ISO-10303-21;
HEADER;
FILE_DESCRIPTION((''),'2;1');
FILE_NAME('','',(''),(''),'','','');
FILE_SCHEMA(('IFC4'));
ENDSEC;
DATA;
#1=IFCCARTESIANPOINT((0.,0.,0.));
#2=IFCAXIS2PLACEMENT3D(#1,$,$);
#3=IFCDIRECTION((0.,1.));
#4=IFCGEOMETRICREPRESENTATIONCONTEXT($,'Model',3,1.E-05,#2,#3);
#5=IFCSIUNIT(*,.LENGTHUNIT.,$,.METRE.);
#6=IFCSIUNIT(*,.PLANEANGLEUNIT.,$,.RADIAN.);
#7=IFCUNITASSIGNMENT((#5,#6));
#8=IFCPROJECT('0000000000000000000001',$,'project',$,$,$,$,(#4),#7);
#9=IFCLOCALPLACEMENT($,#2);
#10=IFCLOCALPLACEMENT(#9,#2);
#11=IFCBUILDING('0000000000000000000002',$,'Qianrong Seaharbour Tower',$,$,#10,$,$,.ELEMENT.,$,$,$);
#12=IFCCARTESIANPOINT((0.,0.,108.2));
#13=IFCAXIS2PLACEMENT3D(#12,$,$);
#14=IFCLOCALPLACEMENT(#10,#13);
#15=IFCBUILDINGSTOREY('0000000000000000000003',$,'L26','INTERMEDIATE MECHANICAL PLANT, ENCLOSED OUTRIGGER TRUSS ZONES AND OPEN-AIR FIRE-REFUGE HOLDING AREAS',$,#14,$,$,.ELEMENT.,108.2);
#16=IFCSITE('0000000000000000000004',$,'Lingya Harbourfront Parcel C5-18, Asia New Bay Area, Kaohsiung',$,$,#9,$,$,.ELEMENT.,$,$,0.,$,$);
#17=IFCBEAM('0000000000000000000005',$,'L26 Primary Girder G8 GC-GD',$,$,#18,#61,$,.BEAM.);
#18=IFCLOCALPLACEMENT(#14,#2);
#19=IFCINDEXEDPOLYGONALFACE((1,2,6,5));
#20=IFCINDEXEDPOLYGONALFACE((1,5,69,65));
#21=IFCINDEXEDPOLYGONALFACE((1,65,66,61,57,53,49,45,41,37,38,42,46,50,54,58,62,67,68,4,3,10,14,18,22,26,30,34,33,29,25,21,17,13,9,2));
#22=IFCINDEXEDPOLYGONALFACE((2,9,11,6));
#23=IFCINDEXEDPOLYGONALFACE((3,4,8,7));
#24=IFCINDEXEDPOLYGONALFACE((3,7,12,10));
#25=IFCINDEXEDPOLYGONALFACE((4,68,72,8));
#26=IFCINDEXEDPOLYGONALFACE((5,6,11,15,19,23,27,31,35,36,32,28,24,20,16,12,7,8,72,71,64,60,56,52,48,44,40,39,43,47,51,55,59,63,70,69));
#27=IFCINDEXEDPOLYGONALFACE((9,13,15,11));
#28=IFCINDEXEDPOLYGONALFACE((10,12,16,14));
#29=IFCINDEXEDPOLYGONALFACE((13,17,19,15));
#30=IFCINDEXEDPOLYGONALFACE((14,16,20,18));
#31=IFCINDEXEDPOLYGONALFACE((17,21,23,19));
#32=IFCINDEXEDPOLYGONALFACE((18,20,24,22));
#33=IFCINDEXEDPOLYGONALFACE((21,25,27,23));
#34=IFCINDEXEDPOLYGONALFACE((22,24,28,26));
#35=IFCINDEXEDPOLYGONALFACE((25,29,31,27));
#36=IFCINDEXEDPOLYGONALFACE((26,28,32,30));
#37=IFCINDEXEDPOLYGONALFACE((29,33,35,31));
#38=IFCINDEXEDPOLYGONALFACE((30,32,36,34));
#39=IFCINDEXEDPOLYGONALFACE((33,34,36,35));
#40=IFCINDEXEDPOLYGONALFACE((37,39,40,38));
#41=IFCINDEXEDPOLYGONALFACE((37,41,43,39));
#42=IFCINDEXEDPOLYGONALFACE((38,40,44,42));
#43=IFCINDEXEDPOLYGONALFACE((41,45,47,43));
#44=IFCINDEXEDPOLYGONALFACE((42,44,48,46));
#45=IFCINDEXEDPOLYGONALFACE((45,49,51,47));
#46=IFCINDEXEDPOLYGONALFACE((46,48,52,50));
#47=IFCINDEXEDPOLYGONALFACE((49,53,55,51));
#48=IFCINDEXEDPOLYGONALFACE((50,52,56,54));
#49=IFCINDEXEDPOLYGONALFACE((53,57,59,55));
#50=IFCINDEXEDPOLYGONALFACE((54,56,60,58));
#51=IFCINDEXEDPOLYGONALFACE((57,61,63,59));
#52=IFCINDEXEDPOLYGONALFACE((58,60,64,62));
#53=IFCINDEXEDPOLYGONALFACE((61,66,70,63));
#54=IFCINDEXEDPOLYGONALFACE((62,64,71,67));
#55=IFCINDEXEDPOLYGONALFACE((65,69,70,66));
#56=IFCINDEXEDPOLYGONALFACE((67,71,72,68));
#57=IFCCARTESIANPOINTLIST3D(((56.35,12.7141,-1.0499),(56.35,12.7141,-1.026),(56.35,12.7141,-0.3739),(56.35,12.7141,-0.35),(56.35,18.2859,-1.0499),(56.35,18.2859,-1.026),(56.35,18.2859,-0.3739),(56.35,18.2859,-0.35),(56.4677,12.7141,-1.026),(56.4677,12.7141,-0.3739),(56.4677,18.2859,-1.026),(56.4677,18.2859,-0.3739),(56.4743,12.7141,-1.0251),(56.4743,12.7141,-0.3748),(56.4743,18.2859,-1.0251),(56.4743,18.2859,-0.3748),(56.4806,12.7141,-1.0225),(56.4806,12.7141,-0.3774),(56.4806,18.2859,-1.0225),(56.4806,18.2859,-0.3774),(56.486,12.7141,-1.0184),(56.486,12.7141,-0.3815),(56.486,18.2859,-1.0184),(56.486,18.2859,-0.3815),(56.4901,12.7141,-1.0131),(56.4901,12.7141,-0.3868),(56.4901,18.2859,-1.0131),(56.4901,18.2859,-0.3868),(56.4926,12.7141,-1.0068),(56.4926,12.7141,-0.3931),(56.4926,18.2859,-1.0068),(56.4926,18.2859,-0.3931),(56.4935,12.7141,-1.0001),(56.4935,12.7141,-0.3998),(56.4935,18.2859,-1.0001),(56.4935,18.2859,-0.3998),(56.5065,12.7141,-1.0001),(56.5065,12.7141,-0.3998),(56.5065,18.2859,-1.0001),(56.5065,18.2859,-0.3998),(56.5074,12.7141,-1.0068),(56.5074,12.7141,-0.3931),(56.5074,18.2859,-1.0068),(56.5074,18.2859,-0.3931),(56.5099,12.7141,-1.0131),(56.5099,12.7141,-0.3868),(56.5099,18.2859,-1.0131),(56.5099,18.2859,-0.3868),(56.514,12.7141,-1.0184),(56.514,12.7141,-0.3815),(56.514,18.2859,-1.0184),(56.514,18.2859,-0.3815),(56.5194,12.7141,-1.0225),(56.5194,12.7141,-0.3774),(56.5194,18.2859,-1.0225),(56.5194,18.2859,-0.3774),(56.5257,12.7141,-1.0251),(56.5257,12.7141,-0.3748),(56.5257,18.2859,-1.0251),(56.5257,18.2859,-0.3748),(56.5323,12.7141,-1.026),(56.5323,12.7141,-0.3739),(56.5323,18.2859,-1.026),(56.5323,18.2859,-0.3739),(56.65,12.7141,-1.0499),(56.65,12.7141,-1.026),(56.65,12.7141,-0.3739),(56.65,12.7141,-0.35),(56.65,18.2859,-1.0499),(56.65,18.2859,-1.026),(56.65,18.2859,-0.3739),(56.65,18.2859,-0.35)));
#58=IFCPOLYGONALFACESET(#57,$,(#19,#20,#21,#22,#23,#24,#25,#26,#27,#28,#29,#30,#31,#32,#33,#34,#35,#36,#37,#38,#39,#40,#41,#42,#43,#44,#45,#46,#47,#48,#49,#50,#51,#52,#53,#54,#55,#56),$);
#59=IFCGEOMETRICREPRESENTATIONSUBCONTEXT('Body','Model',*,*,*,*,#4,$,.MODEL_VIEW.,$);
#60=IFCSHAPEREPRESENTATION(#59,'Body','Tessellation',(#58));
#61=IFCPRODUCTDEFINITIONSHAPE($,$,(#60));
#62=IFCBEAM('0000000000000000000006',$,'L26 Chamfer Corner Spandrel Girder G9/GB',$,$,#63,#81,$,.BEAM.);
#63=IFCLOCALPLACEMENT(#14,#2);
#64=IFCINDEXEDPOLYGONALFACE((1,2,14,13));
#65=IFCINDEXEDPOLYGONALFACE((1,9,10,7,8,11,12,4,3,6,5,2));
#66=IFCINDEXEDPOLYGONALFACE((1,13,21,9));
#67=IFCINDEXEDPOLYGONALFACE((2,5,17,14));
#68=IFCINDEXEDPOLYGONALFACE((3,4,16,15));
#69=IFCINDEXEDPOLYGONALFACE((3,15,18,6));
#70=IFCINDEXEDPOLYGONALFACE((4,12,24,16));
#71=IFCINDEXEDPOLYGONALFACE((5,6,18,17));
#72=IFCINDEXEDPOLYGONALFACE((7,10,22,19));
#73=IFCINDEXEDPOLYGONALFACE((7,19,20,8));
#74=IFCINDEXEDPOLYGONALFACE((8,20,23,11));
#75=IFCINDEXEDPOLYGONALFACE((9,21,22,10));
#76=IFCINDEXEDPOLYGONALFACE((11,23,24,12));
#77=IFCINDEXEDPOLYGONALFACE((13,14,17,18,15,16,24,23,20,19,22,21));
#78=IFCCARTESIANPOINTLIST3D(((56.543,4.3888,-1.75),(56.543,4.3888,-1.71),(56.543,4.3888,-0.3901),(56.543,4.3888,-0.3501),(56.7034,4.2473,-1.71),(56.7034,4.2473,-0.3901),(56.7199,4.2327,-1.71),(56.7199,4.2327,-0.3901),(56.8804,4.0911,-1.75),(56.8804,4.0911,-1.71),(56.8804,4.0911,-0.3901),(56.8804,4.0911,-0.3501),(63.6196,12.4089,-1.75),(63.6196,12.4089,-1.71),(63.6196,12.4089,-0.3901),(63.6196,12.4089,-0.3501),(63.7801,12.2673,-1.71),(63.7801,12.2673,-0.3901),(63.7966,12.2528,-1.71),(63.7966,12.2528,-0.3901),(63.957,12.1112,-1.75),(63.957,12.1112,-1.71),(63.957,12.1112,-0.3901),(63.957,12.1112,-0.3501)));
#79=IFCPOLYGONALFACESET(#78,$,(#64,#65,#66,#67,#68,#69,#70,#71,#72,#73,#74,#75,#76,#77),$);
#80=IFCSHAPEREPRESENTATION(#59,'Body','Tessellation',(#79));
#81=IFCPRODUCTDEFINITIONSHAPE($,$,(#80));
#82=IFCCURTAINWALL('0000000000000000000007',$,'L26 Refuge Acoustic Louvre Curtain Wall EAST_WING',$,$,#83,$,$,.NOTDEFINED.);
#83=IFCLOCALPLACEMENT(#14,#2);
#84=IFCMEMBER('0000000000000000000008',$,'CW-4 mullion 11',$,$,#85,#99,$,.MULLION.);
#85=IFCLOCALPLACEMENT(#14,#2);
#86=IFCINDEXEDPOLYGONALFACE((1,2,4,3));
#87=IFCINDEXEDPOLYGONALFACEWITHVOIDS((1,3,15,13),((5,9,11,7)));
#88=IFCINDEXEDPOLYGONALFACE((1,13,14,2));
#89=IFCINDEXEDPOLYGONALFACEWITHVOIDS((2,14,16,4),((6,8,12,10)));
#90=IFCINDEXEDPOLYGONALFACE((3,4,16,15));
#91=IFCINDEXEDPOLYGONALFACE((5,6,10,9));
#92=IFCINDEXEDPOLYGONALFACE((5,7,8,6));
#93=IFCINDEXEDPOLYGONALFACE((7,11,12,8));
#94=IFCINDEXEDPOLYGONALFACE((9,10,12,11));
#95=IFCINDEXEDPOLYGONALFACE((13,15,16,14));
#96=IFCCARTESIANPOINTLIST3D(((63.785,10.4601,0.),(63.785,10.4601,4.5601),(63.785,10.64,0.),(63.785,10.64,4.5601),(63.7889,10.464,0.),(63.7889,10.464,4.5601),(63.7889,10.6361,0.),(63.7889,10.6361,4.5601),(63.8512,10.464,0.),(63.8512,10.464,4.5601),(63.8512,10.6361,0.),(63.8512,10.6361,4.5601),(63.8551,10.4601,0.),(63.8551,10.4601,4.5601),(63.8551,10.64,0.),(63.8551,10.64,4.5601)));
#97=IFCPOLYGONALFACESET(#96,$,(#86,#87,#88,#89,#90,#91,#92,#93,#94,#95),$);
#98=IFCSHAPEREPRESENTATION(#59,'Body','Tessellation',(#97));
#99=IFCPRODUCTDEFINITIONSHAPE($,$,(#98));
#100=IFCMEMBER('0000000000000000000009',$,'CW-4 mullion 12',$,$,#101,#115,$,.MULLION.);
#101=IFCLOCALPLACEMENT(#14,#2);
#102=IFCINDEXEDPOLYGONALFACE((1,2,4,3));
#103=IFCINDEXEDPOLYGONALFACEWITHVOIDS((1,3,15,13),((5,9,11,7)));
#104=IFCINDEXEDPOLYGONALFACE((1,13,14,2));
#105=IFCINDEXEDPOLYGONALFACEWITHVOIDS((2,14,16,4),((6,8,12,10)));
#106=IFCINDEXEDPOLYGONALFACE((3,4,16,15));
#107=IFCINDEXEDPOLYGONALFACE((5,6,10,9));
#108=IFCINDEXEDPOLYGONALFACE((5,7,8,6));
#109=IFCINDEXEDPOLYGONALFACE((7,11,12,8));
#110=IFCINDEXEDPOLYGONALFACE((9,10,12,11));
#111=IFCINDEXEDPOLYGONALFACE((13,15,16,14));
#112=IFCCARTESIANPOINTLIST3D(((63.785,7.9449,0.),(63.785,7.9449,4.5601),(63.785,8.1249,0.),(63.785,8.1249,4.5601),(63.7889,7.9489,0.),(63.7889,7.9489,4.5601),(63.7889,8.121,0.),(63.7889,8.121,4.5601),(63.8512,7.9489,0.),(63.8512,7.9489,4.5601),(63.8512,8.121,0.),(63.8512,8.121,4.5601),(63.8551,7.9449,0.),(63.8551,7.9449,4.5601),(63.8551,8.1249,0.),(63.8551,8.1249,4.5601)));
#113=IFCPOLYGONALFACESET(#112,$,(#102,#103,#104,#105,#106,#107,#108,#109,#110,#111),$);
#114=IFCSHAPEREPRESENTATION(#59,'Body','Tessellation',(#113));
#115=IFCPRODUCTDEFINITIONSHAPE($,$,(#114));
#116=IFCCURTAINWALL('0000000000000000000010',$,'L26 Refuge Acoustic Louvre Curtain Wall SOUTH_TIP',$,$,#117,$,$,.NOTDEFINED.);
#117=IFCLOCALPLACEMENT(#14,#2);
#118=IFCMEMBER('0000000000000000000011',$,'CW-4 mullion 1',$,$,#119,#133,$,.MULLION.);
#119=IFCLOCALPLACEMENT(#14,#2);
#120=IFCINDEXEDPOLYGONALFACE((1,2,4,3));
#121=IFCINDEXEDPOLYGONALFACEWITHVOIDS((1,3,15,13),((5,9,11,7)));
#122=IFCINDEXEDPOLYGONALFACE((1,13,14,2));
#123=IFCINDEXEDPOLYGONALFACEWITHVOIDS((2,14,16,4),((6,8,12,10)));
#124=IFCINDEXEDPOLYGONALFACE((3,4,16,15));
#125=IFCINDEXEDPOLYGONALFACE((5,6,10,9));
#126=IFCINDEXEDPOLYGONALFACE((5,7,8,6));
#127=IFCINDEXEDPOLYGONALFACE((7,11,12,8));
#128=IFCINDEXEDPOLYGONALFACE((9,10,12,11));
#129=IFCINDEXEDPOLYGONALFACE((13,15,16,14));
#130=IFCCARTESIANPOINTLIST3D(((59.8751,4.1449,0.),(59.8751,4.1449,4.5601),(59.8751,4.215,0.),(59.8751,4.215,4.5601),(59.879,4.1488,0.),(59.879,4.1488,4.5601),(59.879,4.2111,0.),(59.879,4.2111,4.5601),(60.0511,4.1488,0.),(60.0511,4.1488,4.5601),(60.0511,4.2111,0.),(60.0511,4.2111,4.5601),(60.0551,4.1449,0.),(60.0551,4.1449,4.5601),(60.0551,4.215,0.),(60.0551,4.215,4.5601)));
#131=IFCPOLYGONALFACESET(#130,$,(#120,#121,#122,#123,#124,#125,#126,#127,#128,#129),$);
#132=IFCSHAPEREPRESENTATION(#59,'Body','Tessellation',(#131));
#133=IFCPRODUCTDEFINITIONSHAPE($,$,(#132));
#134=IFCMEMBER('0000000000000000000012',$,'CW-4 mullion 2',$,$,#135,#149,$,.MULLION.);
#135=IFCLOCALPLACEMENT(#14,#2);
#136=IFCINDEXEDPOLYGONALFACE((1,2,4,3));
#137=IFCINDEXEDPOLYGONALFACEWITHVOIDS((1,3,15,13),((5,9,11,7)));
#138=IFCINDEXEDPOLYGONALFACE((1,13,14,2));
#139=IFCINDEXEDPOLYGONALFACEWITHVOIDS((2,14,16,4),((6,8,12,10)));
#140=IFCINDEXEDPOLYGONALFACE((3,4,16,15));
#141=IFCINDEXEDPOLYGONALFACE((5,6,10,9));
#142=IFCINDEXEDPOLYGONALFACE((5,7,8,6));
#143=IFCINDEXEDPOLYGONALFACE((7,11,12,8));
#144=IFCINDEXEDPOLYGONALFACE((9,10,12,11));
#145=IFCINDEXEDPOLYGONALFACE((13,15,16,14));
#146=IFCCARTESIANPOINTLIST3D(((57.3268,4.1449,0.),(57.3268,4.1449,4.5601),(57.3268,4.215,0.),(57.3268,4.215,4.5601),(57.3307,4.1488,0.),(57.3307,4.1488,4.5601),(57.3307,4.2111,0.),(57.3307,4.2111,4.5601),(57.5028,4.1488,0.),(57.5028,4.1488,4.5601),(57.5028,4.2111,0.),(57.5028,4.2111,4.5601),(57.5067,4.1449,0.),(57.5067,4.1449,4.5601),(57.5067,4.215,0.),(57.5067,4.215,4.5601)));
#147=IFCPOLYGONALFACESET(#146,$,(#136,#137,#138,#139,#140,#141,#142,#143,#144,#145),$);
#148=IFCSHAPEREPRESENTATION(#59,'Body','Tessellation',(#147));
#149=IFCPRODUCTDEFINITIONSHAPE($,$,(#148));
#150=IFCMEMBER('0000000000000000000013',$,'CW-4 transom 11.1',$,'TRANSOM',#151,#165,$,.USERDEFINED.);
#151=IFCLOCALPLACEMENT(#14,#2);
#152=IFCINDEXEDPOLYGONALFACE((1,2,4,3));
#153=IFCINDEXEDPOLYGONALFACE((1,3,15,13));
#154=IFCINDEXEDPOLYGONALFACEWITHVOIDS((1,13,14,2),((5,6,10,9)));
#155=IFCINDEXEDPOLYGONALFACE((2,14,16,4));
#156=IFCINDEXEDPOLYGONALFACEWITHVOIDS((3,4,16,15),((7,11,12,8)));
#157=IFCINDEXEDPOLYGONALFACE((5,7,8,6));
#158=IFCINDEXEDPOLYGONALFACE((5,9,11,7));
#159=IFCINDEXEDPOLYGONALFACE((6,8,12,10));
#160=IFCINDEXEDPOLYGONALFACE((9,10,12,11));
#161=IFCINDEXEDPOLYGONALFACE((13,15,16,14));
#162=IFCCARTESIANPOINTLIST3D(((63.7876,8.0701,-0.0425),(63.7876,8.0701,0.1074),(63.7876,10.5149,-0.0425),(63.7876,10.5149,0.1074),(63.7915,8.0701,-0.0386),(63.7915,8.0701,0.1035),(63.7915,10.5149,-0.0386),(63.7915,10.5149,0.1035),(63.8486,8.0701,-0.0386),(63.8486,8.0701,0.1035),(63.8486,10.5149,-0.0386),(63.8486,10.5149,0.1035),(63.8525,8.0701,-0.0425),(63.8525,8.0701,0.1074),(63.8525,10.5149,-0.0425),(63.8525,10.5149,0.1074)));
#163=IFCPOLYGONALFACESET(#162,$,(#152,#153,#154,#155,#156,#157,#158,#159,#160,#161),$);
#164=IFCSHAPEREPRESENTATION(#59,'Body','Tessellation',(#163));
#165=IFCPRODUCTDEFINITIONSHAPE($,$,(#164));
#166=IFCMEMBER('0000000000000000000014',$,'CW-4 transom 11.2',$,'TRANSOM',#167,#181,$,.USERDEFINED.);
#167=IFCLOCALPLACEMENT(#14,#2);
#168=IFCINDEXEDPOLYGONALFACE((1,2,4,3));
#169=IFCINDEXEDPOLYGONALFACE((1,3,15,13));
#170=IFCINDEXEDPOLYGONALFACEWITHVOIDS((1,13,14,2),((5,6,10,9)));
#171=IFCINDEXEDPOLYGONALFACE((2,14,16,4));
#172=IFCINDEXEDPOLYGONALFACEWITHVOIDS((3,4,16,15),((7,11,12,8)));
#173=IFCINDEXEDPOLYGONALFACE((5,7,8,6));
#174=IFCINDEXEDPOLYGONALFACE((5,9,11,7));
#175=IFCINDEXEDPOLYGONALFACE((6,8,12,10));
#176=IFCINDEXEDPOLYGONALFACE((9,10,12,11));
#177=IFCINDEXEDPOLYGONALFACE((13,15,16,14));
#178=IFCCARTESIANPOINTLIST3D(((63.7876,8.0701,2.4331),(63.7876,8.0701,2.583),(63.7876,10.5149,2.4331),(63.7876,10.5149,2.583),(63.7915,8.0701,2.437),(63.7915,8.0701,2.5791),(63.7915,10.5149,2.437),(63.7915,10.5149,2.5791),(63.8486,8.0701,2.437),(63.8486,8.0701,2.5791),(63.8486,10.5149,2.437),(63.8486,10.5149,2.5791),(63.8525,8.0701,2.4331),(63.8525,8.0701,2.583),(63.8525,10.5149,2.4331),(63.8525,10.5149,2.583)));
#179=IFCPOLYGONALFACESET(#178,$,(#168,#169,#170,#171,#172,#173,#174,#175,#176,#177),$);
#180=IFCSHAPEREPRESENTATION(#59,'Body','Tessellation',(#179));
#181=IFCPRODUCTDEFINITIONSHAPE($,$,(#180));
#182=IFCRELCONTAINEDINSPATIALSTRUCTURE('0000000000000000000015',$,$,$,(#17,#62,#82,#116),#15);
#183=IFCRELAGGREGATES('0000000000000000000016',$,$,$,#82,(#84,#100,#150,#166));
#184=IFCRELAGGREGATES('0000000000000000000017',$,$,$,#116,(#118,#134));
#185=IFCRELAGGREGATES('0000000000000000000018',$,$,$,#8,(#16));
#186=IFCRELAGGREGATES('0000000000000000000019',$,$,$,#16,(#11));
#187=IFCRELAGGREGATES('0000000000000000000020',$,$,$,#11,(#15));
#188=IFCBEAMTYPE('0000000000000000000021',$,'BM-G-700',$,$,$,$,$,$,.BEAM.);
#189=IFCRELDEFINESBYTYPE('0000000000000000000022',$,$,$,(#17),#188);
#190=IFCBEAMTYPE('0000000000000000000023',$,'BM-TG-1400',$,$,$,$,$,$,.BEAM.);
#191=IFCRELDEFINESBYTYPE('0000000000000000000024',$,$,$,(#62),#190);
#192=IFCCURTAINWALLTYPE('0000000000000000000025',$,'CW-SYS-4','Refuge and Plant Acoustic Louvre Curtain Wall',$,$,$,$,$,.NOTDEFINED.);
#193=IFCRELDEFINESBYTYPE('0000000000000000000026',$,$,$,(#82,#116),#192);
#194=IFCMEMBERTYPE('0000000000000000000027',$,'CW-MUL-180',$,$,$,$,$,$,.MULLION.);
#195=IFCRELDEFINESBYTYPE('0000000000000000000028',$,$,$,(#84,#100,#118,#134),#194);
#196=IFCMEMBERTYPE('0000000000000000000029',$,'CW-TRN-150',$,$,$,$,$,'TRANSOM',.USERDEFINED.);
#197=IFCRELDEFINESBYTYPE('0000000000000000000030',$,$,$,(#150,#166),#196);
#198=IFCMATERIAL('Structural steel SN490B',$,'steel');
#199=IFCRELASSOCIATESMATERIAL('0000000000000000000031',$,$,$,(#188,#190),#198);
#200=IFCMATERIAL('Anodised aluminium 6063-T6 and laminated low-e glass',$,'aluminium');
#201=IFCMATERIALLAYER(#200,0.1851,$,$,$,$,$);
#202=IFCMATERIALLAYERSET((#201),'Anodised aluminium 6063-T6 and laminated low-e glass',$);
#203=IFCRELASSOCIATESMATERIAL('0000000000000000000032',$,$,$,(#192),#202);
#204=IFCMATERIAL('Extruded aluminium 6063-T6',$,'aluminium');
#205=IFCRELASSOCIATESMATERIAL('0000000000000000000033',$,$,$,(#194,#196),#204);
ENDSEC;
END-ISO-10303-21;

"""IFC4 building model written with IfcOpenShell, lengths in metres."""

from ifc_helpers import new_model, si_unit, direction, frame, origin, origin_2d, place, context, subcontext, project, spatial, hollow_rectangle, i_section, extrude, material, layer, layer_set, material_profile, profile_set, type_object, element, aggregate, save


model = new_model("IFC4")

# Units and contexts
model_context = context("Model", 3, precision=1e-05, world=origin(), true_north=direction((0.0, 1.0)))
body_context = subcontext(model_context, "Body", "Model", "MODEL_VIEW")
ifc_project = project(units=[si_unit("LENGTHUNIT", "METRE"), si_unit("PLANEANGLEUNIT", "RADIAN")], contexts=[model_context])

# Site, building, storey
site_placement = place(None, origin())
site = spatial("IfcSite", under=ifc_project, at=site_placement, Name="Lingya Harbourfront Parcel C5-18, Asia New Bay Area, Kaohsiung", CompositionType="ELEMENT", RefElevation=0.0)
building_placement = place(site_placement, origin())
building = spatial("IfcBuilding", under=site, at=building_placement, Name="Qianrong Seaharbour Tower", CompositionType="ELEMENT")
storey_placement = place(building_placement, frame((0.0, 0.0, 108.2)))
storey = spatial("IfcBuildingStorey", under=building, at=storey_placement, Name="L26", Description="INTERMEDIATE MECHANICAL PLANT, ENCLOSED OUTRIGGER TRUSS ZONES AND OPEN-AIR FIRE-REFUGE HOLDING AREAS", CompositionType="ELEMENT", Elevation=108.2)

# Shared definitions
ifc_material_1 = material(Name="Structural steel SN490B", Category="steel")

# Beams
ifc_material_profile_1 = material_profile(ifc_material_1, i_section(OverallWidth=0.3, OverallDepth=0.7, WebThickness=0.0129, FlangeThickness=0.0239, FilletRadius=0.0259, at=origin_2d()), Name="H700x300x13x24")
ifc_profile_set_1 = profile_set([ifc_material_profile_1], Name="Structural steel SN490B")
beam_type_1 = type_object("IfcBeamType", Name="BM-G-700", PredefinedType="BEAM", material=ifc_profile_set_1)
beam_1_placement = place(storey_placement, frame((56.5, 12.7141, -0.7), z_axis=(0.0, 1.0, 0.0), x_axis=(-1.0, 0.0, 0.0)))
element("IfcBeam", 1, at=beam_1_placement, inside=storey, type_object=beam_type_1, Name="L26 Primary Girder G8 GC-GD", PredefinedType="BEAM", context=body_context, shape_type="SweptSolid", body=[
    extrude(i_section(OverallWidth=0.3, OverallDepth=0.7, WebThickness=0.0129, FlangeThickness=0.0239, FilletRadius=0.0259, at=origin_2d()), origin(), (0.0, 0.0, 1.0), 5.5718),
])
ifc_material_profile_2 = material_profile(ifc_material_1, i_section(OverallWidth=0.45, OverallDepth=1.3999, WebThickness=0.022, FlangeThickness=0.04, at=origin_2d()), Name="BH1400x450x22x40")
ifc_profile_set_2 = profile_set([ifc_material_profile_2], Name="Structural steel SN490B")
beam_type_2 = type_object("IfcBeamType", Name="BM-TG-1400", PredefinedType="BEAM", material=ifc_profile_set_2)
beam_2_placement = place(storey_placement, frame((56.7117, 4.24, -1.05), z_axis=(0.661631, 0.74983, 0.0), x_axis=(-0.74983, 0.661631, 0.0)))
element("IfcBeam", 2, at=beam_2_placement, inside=storey, type_object=beam_type_2, Name="L26 Chamfer Corner Spandrel Girder G9/GB", PredefinedType="BEAM", context=body_context, shape_type="SweptSolid", body=[
    extrude(i_section(OverallWidth=0.45, OverallDepth=1.3999, WebThickness=0.022, FlangeThickness=0.04, at=origin_2d()), origin(), (0.0, 0.0, 1.0), 10.6958),
])

# Curtain walls, members
ifc_material_2 = material(Name="Anodised aluminium 6063-T6 and laminated low-e glass", Category="aluminium")
ifc_layer_1 = layer(ifc_material_2, 0.1851)
ifc_layer_set_1 = layer_set([ifc_layer_1], Name="Anodised aluminium 6063-T6 and laminated low-e glass")
curtain_wall_type = type_object("IfcCurtainWallType", Name="CW-SYS-4", Description="Refuge and Plant Acoustic Louvre Curtain Wall", PredefinedType="NOTDEFINED", material=ifc_layer_set_1)
curtain_wall_1_placement = place(storey_placement, origin())
curtain_wall_1 = element("IfcCurtainWall", 3, at=curtain_wall_1_placement, inside=storey, type_object=curtain_wall_type, Name="L26 Refuge Acoustic Louvre Curtain Wall EAST_WING", PredefinedType="NOTDEFINED")
ifc_material_3 = material(Name="Extruded aluminium 6063-T6", Category="aluminium")
ifc_material_profile_3 = material_profile(ifc_material_3, hollow_rectangle(XDim=0.0701, YDim=0.1799, WallThickness=0.0039, at=origin_2d()), Name="ALU-MUL-180x70x4")
ifc_profile_set_3 = profile_set([ifc_material_profile_3], Name="Extruded aluminium 6063-T6")
member_type_1 = type_object("IfcMemberType", Name="CW-MUL-180", PredefinedType="MULLION", material=ifc_profile_set_3)
member_1_placement = place(storey_placement, frame((63.8201, 10.55, 0.0), z_axis=(0.0, 0.0, 1.0), x_axis=(1.0, 0.0, 0.0)))
member_1 = element("IfcMember", 4, at=member_1_placement, type_object=member_type_1, Name="CW-4 mullion 11", PredefinedType="MULLION", context=body_context, shape_type="SweptSolid", body=[
    extrude(hollow_rectangle(XDim=0.0701, YDim=0.1799, WallThickness=0.0039, at=origin_2d()), origin(), (0.0, 0.0, 1.0), 4.5601),
])
member_2_placement = place(storey_placement, frame((63.8201, 8.0349, 0.0), z_axis=(0.0, 0.0, 1.0), x_axis=(1.0, 0.0, 0.0)))
member_2 = element("IfcMember", 5, at=member_2_placement, type_object=member_type_1, Name="CW-4 mullion 12", PredefinedType="MULLION", context=body_context, shape_type="SweptSolid", body=[
    extrude(hollow_rectangle(XDim=0.0701, YDim=0.1799, WallThickness=0.0039, at=origin_2d()), origin(), (0.0, 0.0, 1.0), 4.5601),
])
curtain_wall_2_placement = place(storey_placement, origin())
curtain_wall_2 = element("IfcCurtainWall", 6, at=curtain_wall_2_placement, inside=storey, type_object=curtain_wall_type, Name="L26 Refuge Acoustic Louvre Curtain Wall SOUTH_TIP", PredefinedType="NOTDEFINED")
member_3_placement = place(storey_placement, frame((59.9651, 4.1799, 0.0), z_axis=(0.0, 0.0, 1.0), x_axis=(0.0, -1.0, 0.0)))
member_3 = element("IfcMember", 7, at=member_3_placement, type_object=member_type_1, Name="CW-4 mullion 1", PredefinedType="MULLION", context=body_context, shape_type="SweptSolid", body=[
    extrude(hollow_rectangle(XDim=0.0701, YDim=0.1799, WallThickness=0.0039, at=origin_2d()), origin(), (0.0, 0.0, 1.0), 4.5601),
])
member_4_placement = place(storey_placement, frame((57.4167, 4.1799, 0.0), z_axis=(0.0, 0.0, 1.0), x_axis=(0.0, -1.0, 0.0)))
member_4 = element("IfcMember", 8, at=member_4_placement, type_object=member_type_1, Name="CW-4 mullion 2", PredefinedType="MULLION", context=body_context, shape_type="SweptSolid", body=[
    extrude(hollow_rectangle(XDim=0.0701, YDim=0.1799, WallThickness=0.0039, at=origin_2d()), origin(), (0.0, 0.0, 1.0), 4.5601),
])

# Members
ifc_material_profile_4 = material_profile(ifc_material_3, hollow_rectangle(XDim=0.0649, YDim=0.1499, WallThickness=0.0039, at=origin_2d()), Name="ALU-TRN-150x65x4")
ifc_profile_set_4 = profile_set([ifc_material_profile_4], Name="Extruded aluminium 6063-T6")
member_type_2 = type_object("IfcMemberType", Name="CW-TRN-150", ElementType="TRANSOM", PredefinedType="USERDEFINED", material=ifc_profile_set_4)
member_5_placement = place(storey_placement, frame((63.8201, 10.5149, 0.0325), z_axis=(0.0, -1.0, 0.0), x_axis=(1.0, 0.0, 0.0)))
member_5 = element("IfcMember", 9, at=member_5_placement, type_object=member_type_2, Name="CW-4 transom 11.1", ObjectType="TRANSOM", PredefinedType="USERDEFINED", context=body_context, shape_type="SweptSolid", body=[
    extrude(hollow_rectangle(XDim=0.0649, YDim=0.1499, WallThickness=0.0039, at=origin_2d()), origin(), (0.0, 0.0, 1.0), 2.4448),
])
member_6_placement = place(storey_placement, frame((63.8201, 10.5149, 2.5081), z_axis=(0.0, -1.0, 0.0), x_axis=(1.0, 0.0, 0.0)))
member_6 = element("IfcMember", 10, at=member_6_placement, type_object=member_type_2, Name="CW-4 transom 11.2", ObjectType="TRANSOM", PredefinedType="USERDEFINED", context=body_context, shape_type="SweptSolid", body=[
    extrude(hollow_rectangle(XDim=0.0649, YDim=0.1499, WallThickness=0.0039, at=origin_2d()), origin(), (0.0, 0.0, 1.0), 2.4448),
])

aggregate(curtain_wall_1, [member_1, member_2, member_5, member_6])
aggregate(curtain_wall_2, [member_3, member_4])

save(model, "model.ifc")
